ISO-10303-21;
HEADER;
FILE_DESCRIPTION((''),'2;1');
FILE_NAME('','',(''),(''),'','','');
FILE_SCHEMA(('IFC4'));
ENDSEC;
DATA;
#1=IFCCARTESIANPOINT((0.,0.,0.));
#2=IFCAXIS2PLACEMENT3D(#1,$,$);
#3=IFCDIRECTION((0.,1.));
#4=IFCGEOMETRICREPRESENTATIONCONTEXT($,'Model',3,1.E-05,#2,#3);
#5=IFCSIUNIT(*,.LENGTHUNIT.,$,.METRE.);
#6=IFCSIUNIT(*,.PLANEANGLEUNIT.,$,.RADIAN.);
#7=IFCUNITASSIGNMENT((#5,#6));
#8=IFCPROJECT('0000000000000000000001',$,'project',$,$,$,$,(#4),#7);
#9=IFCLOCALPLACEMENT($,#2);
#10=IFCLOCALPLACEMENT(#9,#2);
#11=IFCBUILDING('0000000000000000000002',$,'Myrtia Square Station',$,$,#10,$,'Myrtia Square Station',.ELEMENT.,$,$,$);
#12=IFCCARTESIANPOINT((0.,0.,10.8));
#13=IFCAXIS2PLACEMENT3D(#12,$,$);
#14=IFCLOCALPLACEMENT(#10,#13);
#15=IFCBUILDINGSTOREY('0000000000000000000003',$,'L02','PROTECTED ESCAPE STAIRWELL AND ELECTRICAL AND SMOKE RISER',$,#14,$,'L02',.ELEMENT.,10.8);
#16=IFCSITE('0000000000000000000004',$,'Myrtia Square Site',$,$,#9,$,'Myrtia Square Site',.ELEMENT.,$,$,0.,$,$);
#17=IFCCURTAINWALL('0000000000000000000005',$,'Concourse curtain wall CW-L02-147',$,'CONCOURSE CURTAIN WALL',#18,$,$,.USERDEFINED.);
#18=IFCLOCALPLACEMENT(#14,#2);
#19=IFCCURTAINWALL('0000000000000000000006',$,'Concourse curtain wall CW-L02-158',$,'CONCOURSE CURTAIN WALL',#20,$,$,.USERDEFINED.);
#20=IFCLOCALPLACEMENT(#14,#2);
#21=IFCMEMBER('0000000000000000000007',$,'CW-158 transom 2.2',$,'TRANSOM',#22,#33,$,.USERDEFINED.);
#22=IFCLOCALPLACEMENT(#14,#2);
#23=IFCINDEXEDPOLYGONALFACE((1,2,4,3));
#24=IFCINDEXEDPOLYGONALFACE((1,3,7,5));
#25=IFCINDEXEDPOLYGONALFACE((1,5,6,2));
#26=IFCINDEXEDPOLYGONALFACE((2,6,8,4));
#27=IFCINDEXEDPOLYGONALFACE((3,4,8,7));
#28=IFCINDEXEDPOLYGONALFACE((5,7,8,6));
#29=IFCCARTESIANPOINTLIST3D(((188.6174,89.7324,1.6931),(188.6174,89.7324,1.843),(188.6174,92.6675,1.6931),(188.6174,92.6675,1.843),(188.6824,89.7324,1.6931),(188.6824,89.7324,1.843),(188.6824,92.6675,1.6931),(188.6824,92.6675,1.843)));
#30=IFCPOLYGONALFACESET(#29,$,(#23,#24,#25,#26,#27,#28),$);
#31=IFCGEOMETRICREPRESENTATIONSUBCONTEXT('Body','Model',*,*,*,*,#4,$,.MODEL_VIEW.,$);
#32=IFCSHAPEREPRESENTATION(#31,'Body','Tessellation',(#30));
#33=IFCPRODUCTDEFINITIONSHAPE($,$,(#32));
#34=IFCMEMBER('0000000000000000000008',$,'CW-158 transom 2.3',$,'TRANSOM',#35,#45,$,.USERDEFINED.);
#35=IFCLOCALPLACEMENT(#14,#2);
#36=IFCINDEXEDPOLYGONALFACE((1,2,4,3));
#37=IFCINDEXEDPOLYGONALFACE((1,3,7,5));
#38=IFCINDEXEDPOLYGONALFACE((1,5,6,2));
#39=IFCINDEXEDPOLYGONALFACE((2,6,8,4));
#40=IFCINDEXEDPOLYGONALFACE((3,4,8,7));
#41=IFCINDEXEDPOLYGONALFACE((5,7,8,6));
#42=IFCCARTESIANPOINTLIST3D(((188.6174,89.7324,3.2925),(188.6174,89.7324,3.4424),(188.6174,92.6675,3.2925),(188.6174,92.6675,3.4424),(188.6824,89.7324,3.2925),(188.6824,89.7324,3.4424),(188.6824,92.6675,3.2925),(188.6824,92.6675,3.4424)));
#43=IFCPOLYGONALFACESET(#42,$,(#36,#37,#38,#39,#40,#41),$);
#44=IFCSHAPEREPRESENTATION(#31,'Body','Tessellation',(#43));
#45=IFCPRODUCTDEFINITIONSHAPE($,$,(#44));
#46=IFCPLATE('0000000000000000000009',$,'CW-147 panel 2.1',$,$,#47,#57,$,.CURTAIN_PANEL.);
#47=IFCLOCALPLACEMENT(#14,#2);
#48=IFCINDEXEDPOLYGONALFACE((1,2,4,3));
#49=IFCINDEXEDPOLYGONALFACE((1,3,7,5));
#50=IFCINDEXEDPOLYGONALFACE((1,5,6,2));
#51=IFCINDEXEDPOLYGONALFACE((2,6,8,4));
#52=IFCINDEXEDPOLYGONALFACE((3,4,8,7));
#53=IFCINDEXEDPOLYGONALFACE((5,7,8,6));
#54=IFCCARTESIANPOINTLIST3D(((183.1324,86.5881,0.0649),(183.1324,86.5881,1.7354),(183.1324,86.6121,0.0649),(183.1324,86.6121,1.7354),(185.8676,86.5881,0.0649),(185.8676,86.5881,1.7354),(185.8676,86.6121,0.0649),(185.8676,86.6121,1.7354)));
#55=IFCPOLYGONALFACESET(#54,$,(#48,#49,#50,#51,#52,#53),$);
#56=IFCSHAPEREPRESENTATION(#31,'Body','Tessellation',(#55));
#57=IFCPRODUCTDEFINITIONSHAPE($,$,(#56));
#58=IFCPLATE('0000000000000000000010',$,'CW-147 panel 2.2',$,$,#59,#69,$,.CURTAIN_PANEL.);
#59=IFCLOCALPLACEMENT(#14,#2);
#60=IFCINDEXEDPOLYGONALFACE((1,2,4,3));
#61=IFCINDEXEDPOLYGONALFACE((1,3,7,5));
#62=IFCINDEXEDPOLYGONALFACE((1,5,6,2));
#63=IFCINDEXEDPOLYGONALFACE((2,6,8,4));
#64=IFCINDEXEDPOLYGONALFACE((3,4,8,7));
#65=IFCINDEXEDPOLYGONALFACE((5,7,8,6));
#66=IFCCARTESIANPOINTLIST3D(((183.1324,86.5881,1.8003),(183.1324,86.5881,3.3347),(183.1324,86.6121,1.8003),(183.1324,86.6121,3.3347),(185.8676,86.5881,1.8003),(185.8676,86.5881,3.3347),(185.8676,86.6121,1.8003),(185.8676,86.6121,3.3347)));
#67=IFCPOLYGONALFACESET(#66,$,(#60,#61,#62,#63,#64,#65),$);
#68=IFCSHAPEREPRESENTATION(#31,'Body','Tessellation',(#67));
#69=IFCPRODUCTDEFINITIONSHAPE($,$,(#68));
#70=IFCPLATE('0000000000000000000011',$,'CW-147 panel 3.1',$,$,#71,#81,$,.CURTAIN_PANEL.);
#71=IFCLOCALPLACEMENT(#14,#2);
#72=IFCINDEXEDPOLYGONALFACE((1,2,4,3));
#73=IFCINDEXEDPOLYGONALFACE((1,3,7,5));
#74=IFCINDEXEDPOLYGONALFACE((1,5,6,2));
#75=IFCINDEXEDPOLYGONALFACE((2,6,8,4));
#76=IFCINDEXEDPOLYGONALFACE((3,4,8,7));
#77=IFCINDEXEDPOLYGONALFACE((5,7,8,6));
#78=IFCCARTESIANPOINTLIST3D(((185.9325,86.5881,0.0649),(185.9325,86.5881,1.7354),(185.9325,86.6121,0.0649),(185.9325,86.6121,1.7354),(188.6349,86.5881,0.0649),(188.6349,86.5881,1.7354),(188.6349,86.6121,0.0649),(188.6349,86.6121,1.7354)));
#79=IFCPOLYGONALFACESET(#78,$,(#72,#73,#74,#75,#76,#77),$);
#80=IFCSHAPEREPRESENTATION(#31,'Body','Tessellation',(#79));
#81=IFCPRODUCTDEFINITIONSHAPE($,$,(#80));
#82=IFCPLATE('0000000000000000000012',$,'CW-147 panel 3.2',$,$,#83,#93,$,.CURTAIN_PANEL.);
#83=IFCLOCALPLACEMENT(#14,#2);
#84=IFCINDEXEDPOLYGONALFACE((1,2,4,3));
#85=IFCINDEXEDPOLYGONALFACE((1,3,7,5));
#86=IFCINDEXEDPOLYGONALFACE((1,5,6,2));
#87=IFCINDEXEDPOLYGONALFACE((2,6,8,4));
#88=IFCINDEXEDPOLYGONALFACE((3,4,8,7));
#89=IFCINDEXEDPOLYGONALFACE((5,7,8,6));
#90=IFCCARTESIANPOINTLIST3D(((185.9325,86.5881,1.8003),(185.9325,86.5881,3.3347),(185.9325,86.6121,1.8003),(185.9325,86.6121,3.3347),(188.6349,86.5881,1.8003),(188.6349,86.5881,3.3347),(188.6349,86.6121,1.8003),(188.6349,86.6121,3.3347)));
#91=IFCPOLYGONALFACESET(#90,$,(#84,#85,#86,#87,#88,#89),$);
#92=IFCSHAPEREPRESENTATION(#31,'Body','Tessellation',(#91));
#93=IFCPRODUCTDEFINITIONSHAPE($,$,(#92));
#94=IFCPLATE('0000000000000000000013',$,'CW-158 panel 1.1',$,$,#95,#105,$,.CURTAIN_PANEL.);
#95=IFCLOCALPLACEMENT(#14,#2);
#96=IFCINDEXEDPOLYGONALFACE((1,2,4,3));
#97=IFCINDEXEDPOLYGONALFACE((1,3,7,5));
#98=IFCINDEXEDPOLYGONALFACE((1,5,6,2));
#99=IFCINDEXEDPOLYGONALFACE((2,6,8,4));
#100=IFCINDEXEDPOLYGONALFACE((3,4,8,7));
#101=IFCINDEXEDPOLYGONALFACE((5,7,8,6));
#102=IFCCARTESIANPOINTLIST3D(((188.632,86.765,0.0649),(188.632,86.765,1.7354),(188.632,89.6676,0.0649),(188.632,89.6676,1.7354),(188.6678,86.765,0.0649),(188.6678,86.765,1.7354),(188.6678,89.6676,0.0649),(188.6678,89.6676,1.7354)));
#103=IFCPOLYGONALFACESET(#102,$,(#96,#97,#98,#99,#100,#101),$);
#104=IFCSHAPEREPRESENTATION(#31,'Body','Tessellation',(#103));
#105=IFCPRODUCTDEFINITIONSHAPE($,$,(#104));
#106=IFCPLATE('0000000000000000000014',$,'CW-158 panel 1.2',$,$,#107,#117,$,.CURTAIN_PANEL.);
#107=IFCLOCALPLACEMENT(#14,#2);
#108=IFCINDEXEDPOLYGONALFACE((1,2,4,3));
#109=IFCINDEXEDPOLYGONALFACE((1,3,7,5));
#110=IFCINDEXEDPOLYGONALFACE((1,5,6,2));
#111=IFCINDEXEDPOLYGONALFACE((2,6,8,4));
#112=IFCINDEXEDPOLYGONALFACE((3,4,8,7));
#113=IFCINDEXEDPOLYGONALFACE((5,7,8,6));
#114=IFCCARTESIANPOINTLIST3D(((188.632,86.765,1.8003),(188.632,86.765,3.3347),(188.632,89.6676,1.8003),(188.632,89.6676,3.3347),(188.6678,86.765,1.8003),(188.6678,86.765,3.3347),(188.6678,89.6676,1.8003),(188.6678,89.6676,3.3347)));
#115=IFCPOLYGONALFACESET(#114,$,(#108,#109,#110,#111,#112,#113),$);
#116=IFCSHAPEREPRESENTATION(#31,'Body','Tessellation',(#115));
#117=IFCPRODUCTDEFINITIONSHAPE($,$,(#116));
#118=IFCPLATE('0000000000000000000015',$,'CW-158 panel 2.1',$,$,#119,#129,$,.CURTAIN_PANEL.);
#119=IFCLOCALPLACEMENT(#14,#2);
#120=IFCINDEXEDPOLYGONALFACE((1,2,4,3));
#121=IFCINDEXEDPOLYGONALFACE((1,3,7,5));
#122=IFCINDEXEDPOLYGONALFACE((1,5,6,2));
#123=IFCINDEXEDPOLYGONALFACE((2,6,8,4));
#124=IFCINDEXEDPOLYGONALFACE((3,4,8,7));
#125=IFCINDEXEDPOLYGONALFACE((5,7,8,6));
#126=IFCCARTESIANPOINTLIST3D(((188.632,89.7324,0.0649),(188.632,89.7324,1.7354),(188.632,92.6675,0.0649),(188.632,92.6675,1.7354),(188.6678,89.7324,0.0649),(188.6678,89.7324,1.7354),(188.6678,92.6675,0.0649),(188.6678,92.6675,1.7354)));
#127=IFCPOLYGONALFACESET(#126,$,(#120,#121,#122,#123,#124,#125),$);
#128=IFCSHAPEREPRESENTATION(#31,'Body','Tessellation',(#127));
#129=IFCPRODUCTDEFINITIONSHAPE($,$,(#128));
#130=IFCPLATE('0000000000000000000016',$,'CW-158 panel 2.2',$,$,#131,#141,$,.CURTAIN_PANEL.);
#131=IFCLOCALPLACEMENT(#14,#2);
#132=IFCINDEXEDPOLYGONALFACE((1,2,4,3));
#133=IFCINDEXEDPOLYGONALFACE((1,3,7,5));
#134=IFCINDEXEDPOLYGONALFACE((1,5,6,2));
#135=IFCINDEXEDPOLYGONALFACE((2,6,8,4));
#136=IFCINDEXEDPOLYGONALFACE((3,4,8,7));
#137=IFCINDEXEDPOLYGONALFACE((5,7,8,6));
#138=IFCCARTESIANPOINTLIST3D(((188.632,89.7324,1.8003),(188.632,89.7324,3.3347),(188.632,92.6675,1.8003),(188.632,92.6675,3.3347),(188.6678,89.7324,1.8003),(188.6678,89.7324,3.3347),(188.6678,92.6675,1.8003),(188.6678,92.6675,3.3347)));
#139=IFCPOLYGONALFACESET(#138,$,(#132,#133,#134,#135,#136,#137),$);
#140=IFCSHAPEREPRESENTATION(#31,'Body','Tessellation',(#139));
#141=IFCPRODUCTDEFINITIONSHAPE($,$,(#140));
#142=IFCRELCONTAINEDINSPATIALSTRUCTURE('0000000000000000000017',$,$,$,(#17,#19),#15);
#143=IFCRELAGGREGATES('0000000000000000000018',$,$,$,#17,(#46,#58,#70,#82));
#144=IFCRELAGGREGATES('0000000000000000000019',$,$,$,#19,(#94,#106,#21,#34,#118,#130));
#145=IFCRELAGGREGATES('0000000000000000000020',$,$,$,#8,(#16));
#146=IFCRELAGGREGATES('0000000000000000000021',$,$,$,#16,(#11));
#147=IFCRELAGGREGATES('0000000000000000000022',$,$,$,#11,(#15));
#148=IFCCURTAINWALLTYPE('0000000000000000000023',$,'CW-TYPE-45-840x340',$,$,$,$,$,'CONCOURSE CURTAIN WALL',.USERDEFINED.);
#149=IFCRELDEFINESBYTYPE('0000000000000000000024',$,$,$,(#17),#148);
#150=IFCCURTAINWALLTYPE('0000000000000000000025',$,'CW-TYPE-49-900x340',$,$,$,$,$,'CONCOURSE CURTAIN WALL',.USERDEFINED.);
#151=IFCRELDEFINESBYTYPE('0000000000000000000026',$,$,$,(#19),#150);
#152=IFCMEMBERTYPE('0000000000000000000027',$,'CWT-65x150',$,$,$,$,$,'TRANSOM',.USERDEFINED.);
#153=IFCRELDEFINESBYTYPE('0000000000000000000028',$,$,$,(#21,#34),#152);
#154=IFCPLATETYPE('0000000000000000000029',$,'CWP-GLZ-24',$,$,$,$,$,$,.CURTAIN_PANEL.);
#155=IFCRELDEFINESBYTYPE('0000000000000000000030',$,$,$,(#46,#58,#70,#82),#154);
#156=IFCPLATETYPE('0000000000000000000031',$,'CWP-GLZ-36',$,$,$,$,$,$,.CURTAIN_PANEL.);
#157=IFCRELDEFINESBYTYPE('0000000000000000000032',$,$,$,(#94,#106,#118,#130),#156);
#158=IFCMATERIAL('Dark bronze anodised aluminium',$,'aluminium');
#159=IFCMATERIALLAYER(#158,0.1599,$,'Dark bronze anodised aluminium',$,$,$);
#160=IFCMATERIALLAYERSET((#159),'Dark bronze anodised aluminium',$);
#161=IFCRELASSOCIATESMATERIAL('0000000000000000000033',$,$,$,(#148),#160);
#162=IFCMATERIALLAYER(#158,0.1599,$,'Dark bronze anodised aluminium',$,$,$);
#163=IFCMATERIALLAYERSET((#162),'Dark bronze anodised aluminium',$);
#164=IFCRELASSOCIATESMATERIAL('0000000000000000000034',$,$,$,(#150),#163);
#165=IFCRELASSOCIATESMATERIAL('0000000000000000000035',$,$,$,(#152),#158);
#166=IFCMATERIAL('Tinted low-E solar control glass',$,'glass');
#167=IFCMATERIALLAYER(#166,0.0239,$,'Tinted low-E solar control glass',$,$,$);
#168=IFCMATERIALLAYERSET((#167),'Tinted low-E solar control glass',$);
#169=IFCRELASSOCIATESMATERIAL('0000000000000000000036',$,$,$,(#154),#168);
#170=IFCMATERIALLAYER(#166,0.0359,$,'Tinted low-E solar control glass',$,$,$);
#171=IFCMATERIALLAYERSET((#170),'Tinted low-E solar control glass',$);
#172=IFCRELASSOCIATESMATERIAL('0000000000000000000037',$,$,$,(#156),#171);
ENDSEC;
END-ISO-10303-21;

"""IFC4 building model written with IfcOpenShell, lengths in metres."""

from ifc_helpers import new_model, si_unit, direction, frame, origin, origin_2d, place, context, subcontext, project, spatial, rectangle, extrude, material, layer, layer_set, material_profile, profile_set, type_object, element, aggregate, save


model = new_model("IFC4")

# Units and contexts
model_context = context("Model", 3, precision=1e-05, world=origin(), true_north=direction((0.0, 1.0)))
body_context = subcontext(model_context, "Body", "Model", "MODEL_VIEW")
ifc_project = project(units=[si_unit("LENGTHUNIT", "METRE"), si_unit("PLANEANGLEUNIT", "RADIAN")], contexts=[model_context])

# Site, building, storey
site_placement = place(None, origin())
site = spatial("IfcSite", under=ifc_project, at=site_placement, Name="Myrtia Square Site", LongName="Myrtia Square Site", CompositionType="ELEMENT", RefElevation=0.0)
building_placement = place(site_placement, origin())
building = spatial("IfcBuilding", under=site, at=building_placement, Name="Myrtia Square Station", LongName="Myrtia Square Station", CompositionType="ELEMENT")
storey_placement = place(building_placement, frame((0.0, 0.0, 10.8)))
storey = spatial("IfcBuildingStorey", under=building, at=storey_placement, Name="L02", Description="PROTECTED ESCAPE STAIRWELL AND ELECTRICAL AND SMOKE RISER", LongName="L02", CompositionType="ELEMENT", Elevation=10.8)

# Curtain walls
ifc_material_1 = material(Name="Dark bronze anodised aluminium", Category="aluminium")
ifc_layer_1 = layer(ifc_material_1, 0.1599, Name="Dark bronze anodised aluminium")
ifc_layer_set_1 = layer_set([ifc_layer_1], Name="Dark bronze anodised aluminium")
curtain_wall_type_1 = type_object("IfcCurtainWallType", Name="CW-TYPE-45-840x340", ElementType="CONCOURSE CURTAIN WALL", PredefinedType="USERDEFINED", material=ifc_layer_set_1)
curtain_wall_1_placement = place(storey_placement, origin())
curtain_wall_1 = element("IfcCurtainWall", 1, at=curtain_wall_1_placement, inside=storey, type_object=curtain_wall_type_1, Name="Concourse curtain wall CW-L02-147", ObjectType="CONCOURSE CURTAIN WALL", PredefinedType="USERDEFINED")
ifc_layer_2 = layer(ifc_material_1, 0.1599, Name="Dark bronze anodised aluminium")
ifc_layer_set_2 = layer_set([ifc_layer_2], Name="Dark bronze anodised aluminium")
curtain_wall_type_2 = type_object("IfcCurtainWallType", Name="CW-TYPE-49-900x340", ElementType="CONCOURSE CURTAIN WALL", PredefinedType="USERDEFINED", material=ifc_layer_set_2)
curtain_wall_2_placement = place(storey_placement, origin())
curtain_wall_2 = element("IfcCurtainWall", 2, at=curtain_wall_2_placement, inside=storey, type_object=curtain_wall_type_2, Name="Concourse curtain wall CW-L02-158", ObjectType="CONCOURSE CURTAIN WALL", PredefinedType="USERDEFINED")

# Members
ifc_material_profile_1 = material_profile(ifc_material_1, rectangle(XDim=0.0649, YDim=0.1499, at=origin_2d()), Name="ALU-T 65x150")
ifc_profile_set_1 = profile_set([ifc_material_profile_1], Name="Dark bronze anodised aluminium")
member_type_1 = type_object("IfcMemberType", Name="CWT-65x150", ElementType="TRANSOM", PredefinedType="USERDEFINED", material=ifc_profile_set_1)
member_1_placement = place(storey_placement, frame((188.6499, 89.7324, 1.7681), z_axis=(0.0, 1.0, 0.0), x_axis=(-1.0, 0.0, 0.0)))
member_1 = element("IfcMember", 3, at=member_1_placement, type_object=member_type_1, Name="CW-158 transom 2.2", ObjectType="TRANSOM", PredefinedType="USERDEFINED", context=body_context, shape_type="SweptSolid", body=[
    extrude(rectangle(XDim=0.0649, YDim=0.1499, at=origin_2d()), origin(), (0.0, 0.0, 1.0), 2.9351),
])
member_2_placement = place(storey_placement, frame((188.6499, 89.7324, 3.3674), z_axis=(0.0, 1.0, 0.0), x_axis=(-1.0, 0.0, 0.0)))
member_2 = element("IfcMember", 4, at=member_2_placement, type_object=member_type_1, Name="CW-158 transom 2.3", ObjectType="TRANSOM", PredefinedType="USERDEFINED", context=body_context, shape_type="SweptSolid", body=[
    extrude(rectangle(XDim=0.0649, YDim=0.1499, at=origin_2d()), origin(), (0.0, 0.0, 1.0), 2.9351),
])

# Plates
ifc_material_2 = material(Name="Tinted low-E solar control glass", Category="glass")
ifc_layer_3 = layer(ifc_material_2, 0.0239, Name="Tinted low-E solar control glass")
ifc_layer_set_3 = layer_set([ifc_layer_3], Name="Tinted low-E solar control glass")
plate_type_1 = type_object("IfcPlateType", Name="CWP-GLZ-24", PredefinedType="CURTAIN_PANEL", material=ifc_layer_set_3)
plate_1_placement = place(storey_placement, frame((184.5, 86.6001, 0.0649), z_axis=(0.0, 0.0, 1.0), x_axis=(1.0, 0.0, 0.0)))
plate_1 = element("IfcPlate", 5, at=plate_1_placement, type_object=plate_type_1, Name="CW-147 panel 2.1", PredefinedType="CURTAIN_PANEL", context=body_context, shape_type="SweptSolid", body=[
    extrude(rectangle(XDim=2.7351, YDim=0.0239, at=origin_2d()), origin(), (0.0, 0.0, 1.0), 1.6704),
])
plate_2_placement = place(storey_placement, frame((184.5, 86.6001, 1.8003), z_axis=(0.0, 0.0, 1.0), x_axis=(1.0, 0.0, 0.0)))
plate_2 = element("IfcPlate", 6, at=plate_2_placement, type_object=plate_type_1, Name="CW-147 panel 2.2", PredefinedType="CURTAIN_PANEL", context=body_context, shape_type="SweptSolid", body=[
    extrude(rectangle(XDim=2.7351, YDim=0.0239, at=origin_2d()), origin(), (0.0, 0.0, 1.0), 1.5344),
])
plate_3_placement = place(storey_placement, frame((187.2837, 86.6001, 0.0649), z_axis=(0.0, 0.0, 1.0), x_axis=(1.0, 0.0, 0.0)))
plate_3 = element("IfcPlate", 7, at=plate_3_placement, type_object=plate_type_1, Name="CW-147 panel 3.1", PredefinedType="CURTAIN_PANEL", context=body_context, shape_type="SweptSolid", body=[
    extrude(rectangle(XDim=2.7024, YDim=0.0239, at=origin_2d()), origin(), (0.0, 0.0, 1.0), 1.6704),
])
plate_4_placement = place(storey_placement, frame((187.2837, 86.6001, 1.8003), z_axis=(0.0, 0.0, 1.0), x_axis=(1.0, 0.0, 0.0)))
plate_4 = element("IfcPlate", 8, at=plate_4_placement, type_object=plate_type_1, Name="CW-147 panel 3.2", PredefinedType="CURTAIN_PANEL", context=body_context, shape_type="SweptSolid", body=[
    extrude(rectangle(XDim=2.7024, YDim=0.0239, at=origin_2d()), origin(), (0.0, 0.0, 1.0), 1.5344),
])
aggregate(curtain_wall_1, [plate_1, plate_2, plate_3, plate_4])
ifc_layer_4 = layer(ifc_material_2, 0.0359, Name="Tinted low-E solar control glass")
ifc_layer_set_4 = layer_set([ifc_layer_4], Name="Tinted low-E solar control glass")
plate_type_2 = type_object("IfcPlateType", Name="CWP-GLZ-36", PredefinedType="CURTAIN_PANEL", material=ifc_layer_set_4)
plate_5_placement = place(storey_placement, frame((188.6499, 88.2163, 0.0649), z_axis=(0.0, 0.0, 1.0), x_axis=(0.0, 1.0, 0.0)))
plate_5 = element("IfcPlate", 9, at=plate_5_placement, type_object=plate_type_2, Name="CW-158 panel 1.1", PredefinedType="CURTAIN_PANEL", context=body_context, shape_type="SweptSolid", body=[
    extrude(rectangle(XDim=2.9026, YDim=0.0359, at=origin_2d()), origin(), (0.0, 0.0, 1.0), 1.6704),
])
plate_6_placement = place(storey_placement, frame((188.6499, 88.2163, 1.8003), z_axis=(0.0, 0.0, 1.0), x_axis=(0.0, 1.0, 0.0)))
plate_6 = element("IfcPlate", 10, at=plate_6_placement, type_object=plate_type_2, Name="CW-158 panel 1.2", PredefinedType="CURTAIN_PANEL", context=body_context, shape_type="SweptSolid", body=[
    extrude(rectangle(XDim=2.9026, YDim=0.0359, at=origin_2d()), origin(), (0.0, 0.0, 1.0), 1.5344),
])
plate_7_placement = place(storey_placement, frame((188.6499, 91.2, 0.0649), z_axis=(0.0, 0.0, 1.0), x_axis=(0.0, 1.0, 0.0)))
plate_7 = element("IfcPlate", 11, at=plate_7_placement, type_object=plate_type_2, Name="CW-158 panel 2.1", PredefinedType="CURTAIN_PANEL", context=body_context, shape_type="SweptSolid", body=[
    extrude(rectangle(XDim=2.9351, YDim=0.0359, at=origin_2d()), origin(), (0.0, 0.0, 1.0), 1.6704),
])
plate_8_placement = place(storey_placement, frame((188.6499, 91.2, 1.8003), z_axis=(0.0, 0.0, 1.0), x_axis=(0.0, 1.0, 0.0)))
plate_8 = element("IfcPlate", 12, at=plate_8_placement, type_object=plate_type_2, Name="CW-158 panel 2.2", PredefinedType="CURTAIN_PANEL", context=body_context, shape_type="SweptSolid", body=[
    extrude(rectangle(XDim=2.9351, YDim=0.0359, at=origin_2d()), origin(), (0.0, 0.0, 1.0), 1.5344),
])
aggregate(curtain_wall_2, [plate_5, plate_6, member_1, member_2, plate_7, plate_8])

save(model, "model.ifc")
